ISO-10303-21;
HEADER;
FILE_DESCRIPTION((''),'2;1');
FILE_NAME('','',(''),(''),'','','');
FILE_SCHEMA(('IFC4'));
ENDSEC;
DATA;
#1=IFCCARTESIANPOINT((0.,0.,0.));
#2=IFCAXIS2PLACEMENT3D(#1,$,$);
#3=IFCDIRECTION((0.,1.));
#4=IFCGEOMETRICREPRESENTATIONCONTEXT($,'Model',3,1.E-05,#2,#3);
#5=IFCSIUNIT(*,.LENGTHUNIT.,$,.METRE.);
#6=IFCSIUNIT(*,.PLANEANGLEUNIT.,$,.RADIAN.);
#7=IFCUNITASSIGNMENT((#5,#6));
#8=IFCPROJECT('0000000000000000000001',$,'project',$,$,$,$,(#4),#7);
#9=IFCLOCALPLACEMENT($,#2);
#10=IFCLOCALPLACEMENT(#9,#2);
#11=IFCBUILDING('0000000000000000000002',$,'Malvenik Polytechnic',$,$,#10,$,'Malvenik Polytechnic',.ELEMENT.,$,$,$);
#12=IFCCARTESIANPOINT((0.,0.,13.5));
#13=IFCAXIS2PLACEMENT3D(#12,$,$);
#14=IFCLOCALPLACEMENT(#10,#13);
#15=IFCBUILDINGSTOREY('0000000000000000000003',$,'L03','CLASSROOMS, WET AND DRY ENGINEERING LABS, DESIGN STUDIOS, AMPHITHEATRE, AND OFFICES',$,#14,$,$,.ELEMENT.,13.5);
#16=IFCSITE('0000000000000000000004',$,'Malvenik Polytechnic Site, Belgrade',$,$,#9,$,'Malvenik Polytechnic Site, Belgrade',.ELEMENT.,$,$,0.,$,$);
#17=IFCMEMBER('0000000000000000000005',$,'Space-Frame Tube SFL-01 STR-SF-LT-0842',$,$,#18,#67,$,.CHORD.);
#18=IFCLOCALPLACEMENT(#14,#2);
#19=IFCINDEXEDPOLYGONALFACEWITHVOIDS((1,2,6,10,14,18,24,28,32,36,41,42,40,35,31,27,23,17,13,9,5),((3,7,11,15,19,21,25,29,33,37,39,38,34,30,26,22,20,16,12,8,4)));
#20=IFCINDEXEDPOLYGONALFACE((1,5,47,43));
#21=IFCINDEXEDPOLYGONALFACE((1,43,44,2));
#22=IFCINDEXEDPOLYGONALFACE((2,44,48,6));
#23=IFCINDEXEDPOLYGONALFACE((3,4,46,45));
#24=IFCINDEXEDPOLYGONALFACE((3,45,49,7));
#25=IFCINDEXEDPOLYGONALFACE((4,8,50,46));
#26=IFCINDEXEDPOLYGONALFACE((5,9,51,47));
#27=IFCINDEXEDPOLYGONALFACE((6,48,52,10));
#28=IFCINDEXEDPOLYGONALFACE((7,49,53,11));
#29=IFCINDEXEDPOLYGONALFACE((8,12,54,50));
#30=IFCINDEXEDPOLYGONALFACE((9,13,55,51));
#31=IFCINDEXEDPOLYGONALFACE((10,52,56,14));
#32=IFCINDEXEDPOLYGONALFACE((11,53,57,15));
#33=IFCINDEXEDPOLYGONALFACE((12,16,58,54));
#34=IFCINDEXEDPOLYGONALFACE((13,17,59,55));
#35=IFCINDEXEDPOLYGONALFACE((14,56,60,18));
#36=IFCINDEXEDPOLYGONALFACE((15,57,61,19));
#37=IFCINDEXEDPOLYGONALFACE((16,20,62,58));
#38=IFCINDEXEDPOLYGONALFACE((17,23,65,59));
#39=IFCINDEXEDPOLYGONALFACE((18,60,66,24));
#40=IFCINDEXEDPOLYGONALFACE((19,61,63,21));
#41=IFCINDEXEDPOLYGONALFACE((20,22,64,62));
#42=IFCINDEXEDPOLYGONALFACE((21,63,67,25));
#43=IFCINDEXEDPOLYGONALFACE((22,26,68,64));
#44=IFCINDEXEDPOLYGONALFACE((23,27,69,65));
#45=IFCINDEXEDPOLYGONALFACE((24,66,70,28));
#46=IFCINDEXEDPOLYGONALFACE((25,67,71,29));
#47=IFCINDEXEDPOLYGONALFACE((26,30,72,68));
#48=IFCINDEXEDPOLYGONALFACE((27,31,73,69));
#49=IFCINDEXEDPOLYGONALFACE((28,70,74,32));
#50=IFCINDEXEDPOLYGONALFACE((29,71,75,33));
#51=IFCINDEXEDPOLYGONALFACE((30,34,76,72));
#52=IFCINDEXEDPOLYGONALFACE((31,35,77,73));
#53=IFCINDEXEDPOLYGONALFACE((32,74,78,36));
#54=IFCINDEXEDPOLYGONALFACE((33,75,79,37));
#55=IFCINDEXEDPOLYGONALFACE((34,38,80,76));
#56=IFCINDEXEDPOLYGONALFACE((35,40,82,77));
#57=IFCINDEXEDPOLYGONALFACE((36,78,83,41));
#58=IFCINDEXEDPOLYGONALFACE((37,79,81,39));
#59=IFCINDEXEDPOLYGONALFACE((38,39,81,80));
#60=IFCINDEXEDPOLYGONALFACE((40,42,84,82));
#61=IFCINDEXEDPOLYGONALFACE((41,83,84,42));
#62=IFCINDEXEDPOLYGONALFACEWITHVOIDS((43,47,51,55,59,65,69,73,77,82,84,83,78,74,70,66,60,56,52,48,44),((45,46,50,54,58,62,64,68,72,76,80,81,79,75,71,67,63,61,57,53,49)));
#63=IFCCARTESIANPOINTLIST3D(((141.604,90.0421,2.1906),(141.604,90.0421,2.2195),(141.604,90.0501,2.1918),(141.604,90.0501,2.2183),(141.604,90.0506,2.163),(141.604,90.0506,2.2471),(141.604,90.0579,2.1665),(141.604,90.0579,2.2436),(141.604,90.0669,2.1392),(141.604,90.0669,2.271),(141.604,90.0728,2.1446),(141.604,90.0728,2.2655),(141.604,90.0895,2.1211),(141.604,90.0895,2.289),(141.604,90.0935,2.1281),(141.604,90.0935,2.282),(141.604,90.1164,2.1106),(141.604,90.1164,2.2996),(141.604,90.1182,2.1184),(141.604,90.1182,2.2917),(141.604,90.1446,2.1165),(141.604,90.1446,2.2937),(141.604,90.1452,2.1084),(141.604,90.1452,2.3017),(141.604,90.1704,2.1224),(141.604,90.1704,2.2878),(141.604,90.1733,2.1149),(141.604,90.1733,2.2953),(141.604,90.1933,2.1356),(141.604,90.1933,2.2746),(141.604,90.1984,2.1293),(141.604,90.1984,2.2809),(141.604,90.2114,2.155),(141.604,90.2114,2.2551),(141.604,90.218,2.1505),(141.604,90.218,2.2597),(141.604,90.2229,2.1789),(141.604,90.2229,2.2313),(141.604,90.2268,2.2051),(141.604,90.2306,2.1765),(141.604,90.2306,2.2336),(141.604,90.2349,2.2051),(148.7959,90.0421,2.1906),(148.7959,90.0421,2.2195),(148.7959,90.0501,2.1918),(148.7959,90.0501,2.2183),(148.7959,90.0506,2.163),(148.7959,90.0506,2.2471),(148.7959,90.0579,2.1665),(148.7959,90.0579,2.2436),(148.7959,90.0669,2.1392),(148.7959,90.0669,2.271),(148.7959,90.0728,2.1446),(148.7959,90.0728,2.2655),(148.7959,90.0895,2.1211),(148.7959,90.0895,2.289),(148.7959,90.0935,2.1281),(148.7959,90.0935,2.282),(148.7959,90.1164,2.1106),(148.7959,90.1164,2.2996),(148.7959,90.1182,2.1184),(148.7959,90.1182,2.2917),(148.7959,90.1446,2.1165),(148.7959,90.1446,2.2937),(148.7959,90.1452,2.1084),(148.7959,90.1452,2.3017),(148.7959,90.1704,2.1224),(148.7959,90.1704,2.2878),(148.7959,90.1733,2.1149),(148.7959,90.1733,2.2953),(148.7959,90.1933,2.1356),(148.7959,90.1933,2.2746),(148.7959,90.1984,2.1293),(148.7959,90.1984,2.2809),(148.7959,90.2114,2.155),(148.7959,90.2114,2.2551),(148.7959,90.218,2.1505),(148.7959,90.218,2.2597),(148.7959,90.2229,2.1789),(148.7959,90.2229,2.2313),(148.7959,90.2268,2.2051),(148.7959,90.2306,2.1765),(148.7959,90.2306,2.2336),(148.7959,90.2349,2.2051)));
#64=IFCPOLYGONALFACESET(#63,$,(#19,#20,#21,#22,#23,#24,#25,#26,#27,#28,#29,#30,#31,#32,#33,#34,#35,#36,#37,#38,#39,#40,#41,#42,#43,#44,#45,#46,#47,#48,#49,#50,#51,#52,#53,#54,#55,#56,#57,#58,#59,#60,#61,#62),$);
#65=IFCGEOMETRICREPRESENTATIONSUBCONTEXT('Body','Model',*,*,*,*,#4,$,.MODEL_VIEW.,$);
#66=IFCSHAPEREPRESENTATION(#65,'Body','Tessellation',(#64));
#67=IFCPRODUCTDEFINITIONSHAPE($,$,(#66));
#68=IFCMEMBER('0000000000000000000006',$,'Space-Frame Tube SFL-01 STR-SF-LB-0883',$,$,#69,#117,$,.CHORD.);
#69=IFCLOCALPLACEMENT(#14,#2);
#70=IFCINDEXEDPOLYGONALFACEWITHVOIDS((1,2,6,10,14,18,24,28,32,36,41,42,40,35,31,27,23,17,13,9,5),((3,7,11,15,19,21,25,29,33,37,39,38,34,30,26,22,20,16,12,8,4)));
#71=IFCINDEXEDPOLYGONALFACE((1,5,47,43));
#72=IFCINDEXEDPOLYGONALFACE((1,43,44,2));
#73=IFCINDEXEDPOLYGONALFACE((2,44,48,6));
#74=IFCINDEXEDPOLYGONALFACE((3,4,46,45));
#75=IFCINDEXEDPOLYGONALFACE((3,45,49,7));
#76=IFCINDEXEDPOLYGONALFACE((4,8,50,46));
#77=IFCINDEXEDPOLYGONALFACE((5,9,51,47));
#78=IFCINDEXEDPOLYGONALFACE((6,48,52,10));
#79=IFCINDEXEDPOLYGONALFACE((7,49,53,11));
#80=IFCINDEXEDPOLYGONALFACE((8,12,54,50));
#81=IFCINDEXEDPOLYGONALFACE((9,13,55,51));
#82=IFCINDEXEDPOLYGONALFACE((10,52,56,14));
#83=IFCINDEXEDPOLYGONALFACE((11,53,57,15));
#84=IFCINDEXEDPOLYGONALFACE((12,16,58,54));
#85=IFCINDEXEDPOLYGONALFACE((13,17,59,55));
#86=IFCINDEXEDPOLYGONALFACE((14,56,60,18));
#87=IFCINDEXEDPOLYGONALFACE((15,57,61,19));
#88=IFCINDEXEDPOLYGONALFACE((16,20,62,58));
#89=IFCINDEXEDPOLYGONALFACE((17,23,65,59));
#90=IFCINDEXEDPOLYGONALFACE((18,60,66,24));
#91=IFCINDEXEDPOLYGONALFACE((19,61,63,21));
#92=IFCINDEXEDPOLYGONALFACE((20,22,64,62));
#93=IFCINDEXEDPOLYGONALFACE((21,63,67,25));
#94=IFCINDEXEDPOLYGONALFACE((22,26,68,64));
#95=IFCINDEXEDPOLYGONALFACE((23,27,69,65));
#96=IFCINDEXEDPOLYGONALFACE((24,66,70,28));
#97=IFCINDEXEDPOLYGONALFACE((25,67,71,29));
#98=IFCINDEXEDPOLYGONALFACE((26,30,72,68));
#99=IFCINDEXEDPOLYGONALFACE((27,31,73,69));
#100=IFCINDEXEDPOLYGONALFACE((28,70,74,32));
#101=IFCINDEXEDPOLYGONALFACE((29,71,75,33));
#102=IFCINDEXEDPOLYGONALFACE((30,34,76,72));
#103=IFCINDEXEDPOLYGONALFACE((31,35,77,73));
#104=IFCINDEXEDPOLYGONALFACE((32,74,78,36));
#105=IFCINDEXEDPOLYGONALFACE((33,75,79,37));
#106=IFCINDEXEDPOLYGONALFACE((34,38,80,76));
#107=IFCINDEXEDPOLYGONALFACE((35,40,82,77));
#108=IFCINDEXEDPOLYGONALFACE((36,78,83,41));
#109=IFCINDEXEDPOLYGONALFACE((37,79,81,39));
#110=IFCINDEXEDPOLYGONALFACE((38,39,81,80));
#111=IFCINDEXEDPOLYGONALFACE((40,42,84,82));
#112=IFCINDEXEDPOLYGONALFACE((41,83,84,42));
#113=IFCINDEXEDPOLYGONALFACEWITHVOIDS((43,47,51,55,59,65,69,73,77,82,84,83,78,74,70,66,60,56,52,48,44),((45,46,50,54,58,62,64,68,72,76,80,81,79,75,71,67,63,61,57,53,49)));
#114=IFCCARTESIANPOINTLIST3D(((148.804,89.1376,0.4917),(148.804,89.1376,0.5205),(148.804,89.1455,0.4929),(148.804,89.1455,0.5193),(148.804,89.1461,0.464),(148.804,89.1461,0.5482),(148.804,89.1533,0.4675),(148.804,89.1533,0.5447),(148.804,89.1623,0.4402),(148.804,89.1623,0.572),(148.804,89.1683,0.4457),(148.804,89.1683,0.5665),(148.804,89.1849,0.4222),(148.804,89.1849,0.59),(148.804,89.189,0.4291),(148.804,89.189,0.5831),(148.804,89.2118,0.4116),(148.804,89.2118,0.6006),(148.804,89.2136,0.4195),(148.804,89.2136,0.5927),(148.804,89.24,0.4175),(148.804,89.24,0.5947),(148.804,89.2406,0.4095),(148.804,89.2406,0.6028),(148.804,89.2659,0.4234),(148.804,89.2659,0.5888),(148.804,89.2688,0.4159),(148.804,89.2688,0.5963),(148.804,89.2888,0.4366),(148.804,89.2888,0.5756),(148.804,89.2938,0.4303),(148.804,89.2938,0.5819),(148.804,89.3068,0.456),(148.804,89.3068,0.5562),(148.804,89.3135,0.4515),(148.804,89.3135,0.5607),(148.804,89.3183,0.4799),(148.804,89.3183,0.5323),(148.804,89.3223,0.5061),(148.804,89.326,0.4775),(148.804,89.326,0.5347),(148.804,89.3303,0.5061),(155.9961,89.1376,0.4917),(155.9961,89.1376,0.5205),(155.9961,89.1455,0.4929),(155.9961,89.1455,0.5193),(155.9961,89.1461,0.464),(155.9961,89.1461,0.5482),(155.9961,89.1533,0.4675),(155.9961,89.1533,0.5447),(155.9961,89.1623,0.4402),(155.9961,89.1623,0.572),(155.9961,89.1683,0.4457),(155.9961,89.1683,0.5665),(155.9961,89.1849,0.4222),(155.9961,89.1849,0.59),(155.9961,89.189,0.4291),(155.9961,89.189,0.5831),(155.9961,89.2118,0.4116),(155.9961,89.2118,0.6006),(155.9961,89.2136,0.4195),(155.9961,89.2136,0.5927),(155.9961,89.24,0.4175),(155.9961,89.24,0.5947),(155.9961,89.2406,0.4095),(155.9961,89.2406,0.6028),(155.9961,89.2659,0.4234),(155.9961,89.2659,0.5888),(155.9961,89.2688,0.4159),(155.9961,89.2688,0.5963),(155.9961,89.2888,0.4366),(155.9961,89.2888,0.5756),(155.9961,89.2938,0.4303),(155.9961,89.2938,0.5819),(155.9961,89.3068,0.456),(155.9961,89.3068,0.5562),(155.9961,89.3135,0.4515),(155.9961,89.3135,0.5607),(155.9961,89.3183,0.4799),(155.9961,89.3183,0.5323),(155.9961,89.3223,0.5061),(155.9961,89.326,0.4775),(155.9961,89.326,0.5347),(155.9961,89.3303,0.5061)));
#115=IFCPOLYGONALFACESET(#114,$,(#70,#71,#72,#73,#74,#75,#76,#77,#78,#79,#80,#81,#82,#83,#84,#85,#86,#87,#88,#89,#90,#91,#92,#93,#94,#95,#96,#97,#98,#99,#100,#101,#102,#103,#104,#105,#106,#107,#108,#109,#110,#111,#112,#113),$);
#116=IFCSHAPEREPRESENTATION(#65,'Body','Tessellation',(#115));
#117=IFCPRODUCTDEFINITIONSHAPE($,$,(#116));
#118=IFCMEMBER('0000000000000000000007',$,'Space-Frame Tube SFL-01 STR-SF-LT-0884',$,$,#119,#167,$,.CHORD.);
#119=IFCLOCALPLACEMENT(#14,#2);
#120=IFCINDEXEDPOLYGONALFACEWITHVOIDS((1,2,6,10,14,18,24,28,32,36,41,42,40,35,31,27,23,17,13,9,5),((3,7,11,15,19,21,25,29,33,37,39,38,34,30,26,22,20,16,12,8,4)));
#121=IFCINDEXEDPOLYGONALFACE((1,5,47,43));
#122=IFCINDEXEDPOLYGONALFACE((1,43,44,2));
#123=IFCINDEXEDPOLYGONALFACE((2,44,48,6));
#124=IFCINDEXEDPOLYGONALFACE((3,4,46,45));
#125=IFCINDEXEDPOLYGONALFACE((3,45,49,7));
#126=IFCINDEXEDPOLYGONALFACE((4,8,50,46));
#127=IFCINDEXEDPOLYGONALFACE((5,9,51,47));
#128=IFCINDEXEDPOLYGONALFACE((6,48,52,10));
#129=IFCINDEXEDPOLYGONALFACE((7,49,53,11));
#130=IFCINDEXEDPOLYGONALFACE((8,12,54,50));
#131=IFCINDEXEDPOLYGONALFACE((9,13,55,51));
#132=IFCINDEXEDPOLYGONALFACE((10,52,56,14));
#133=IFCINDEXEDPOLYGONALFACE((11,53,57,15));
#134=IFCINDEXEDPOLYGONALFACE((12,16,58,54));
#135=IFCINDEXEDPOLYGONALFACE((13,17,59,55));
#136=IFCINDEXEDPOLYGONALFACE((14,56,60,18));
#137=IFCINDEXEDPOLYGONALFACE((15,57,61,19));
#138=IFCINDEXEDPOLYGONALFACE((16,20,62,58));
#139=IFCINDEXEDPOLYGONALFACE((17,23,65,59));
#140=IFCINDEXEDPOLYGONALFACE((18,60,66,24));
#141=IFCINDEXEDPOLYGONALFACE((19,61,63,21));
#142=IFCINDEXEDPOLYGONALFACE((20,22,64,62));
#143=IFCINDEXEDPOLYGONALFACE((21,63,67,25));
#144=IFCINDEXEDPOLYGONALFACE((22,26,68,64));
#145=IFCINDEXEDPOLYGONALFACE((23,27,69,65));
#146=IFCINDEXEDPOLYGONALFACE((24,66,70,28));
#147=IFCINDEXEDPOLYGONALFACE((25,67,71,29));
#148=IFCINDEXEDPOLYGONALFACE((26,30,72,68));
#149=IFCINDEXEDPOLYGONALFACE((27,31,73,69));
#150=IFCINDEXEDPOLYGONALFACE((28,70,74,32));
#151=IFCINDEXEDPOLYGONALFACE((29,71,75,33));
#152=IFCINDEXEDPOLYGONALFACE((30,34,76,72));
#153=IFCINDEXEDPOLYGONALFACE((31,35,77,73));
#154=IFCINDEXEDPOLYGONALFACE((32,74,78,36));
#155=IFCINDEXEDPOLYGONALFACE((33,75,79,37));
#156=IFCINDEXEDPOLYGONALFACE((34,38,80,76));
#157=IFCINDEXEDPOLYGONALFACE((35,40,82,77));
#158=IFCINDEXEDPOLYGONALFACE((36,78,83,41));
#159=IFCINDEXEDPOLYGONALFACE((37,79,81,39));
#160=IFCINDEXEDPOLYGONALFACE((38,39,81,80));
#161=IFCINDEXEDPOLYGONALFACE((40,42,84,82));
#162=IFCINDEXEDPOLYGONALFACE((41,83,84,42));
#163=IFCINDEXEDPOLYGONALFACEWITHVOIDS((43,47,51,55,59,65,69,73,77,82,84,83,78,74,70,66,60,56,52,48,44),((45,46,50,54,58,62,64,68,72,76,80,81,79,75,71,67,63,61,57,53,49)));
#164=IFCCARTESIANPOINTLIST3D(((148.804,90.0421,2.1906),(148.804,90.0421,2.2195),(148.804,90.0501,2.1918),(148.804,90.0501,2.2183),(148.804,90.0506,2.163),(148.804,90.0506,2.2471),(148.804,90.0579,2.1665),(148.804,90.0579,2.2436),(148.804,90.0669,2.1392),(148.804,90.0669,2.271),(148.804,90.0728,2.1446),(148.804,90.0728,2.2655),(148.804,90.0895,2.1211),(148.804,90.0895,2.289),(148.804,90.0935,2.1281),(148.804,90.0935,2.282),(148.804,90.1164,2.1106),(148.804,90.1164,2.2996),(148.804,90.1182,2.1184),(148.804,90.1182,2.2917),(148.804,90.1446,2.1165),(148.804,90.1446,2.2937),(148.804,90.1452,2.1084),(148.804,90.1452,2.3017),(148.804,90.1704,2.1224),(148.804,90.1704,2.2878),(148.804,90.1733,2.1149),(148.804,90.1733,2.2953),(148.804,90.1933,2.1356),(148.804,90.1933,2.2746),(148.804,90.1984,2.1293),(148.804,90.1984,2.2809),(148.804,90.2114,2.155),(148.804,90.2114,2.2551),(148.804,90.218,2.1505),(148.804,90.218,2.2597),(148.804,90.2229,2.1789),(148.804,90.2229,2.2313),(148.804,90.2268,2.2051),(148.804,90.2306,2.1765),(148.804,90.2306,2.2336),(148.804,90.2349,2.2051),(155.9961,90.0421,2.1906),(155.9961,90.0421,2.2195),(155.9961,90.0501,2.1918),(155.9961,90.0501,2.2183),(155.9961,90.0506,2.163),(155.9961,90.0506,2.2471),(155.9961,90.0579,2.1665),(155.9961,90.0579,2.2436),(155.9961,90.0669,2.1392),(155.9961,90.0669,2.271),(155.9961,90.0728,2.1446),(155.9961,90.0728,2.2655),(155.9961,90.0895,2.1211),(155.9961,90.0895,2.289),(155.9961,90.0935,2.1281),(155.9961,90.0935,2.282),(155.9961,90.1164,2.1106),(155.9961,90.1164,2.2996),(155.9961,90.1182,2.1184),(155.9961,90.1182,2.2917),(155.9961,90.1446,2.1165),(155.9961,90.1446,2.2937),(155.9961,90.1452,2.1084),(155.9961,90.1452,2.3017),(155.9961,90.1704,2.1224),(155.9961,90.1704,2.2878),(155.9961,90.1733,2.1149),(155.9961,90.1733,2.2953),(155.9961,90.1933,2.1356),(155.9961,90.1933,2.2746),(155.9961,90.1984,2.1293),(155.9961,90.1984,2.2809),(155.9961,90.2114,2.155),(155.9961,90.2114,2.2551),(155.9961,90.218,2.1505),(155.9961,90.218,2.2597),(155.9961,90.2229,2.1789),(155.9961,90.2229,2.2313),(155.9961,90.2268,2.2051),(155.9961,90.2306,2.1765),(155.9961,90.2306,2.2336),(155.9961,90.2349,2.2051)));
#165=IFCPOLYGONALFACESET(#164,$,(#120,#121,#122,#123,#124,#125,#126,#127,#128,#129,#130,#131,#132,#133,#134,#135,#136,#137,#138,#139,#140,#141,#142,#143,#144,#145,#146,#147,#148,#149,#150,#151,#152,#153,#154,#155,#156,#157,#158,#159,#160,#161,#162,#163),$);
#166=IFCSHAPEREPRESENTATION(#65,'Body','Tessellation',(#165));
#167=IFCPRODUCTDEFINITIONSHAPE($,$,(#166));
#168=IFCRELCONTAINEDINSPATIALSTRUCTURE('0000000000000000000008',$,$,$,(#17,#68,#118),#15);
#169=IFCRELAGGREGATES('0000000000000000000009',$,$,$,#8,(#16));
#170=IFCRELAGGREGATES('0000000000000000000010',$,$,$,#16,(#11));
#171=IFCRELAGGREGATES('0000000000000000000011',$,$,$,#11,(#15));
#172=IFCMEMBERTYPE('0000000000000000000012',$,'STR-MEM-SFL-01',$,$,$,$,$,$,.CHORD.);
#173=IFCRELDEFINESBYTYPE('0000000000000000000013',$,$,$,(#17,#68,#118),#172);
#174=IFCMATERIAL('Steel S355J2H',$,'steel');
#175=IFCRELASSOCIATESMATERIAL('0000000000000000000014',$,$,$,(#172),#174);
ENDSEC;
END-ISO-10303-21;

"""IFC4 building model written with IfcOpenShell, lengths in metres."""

from ifc_helpers import new_model, si_unit, direction, frame, origin, origin_2d, place, context, subcontext, project, spatial, hollow_circle, extrude, material, material_profile, profile_set, type_object, element, save


model = new_model("IFC4")

# Units and contexts
model_context = context("Model", 3, precision=1e-05, world=origin(), true_north=direction((0.0, 1.0)))
body_context = subcontext(model_context, "Body", "Model", "MODEL_VIEW")
ifc_project = project(units=[si_unit("LENGTHUNIT", "METRE"), si_unit("PLANEANGLEUNIT", "RADIAN")], contexts=[model_context])

# Site, building, storey
site_placement = place(None, origin())
site = spatial("IfcSite", under=ifc_project, at=site_placement, Name="Malvenik Polytechnic Site, Belgrade", LongName="Malvenik Polytechnic Site, Belgrade", CompositionType="ELEMENT", RefElevation=0.0)
building_placement = place(site_placement, origin())
building = spatial("IfcBuilding", under=site, at=building_placement, Name="Malvenik Polytechnic", LongName="Malvenik Polytechnic", CompositionType="ELEMENT")
storey_placement = place(building_placement, frame((0.0, 0.0, 13.5)))
storey = spatial("IfcBuildingStorey", under=building, at=storey_placement, Name="L03", Description="CLASSROOMS, WET AND DRY ENGINEERING LABS, DESIGN STUDIOS, AMPHITHEATRE, AND OFFICES", CompositionType="ELEMENT", Elevation=13.5)

# Members
ifc_material_1 = material(Name="Steel S355J2H", Category="steel")
ifc_material_profile_1 = material_profile(ifc_material_1, hollow_circle(Radius=0.0969, WallThickness=0.0081, at=origin_2d()), Name="CHS 193.7x8.0")
ifc_profile_set_1 = profile_set([ifc_material_profile_1], Name="Steel S355J2H")
member_type_1 = type_object("IfcMemberType", Name="STR-MEM-SFL-01", PredefinedType="CHORD", material=ifc_profile_set_1)
for number, where, z_axis, x_axis, name in (
    (1, (141.604, 90.1379, 2.2051), (1.0, 0.0, 0.0), (0.0, 1.0, 0.0), "Space-Frame Tube SFL-01 STR-SF-LT-0842"),
):
    element("IfcMember", number, at=place(storey_placement, frame(where, z_axis=z_axis, x_axis=x_axis)), inside=storey, type_object=member_type_1, Name=name, PredefinedType="CHORD", context=body_context, shape_type="SweptSolid", body=[
        extrude(hollow_circle(Radius=0.0969, WallThickness=0.0081, at=origin_2d()), origin(), (0.0, 0.0, 1.0), 7.1919),
    ])
for number, where, z_axis, x_axis, name in (
    (2, (148.804, 89.2334, 0.5061), (1.0, 0.0, 0.0), (0.0, 1.0, 0.0), "Space-Frame Tube SFL-01 STR-SF-LB-0883"),
    (3, (148.804, 90.1379, 2.2051), (1.0, 0.0, 0.0), (0.0, 1.0, 0.0), "Space-Frame Tube SFL-01 STR-SF-LT-0884"),
):
    element("IfcMember", number, at=place(storey_placement, frame(where, z_axis=z_axis, x_axis=x_axis)), inside=storey, type_object=member_type_1, Name=name, PredefinedType="CHORD", context=body_context, shape_type="SweptSolid", body=[
        extrude(hollow_circle(Radius=0.0969, WallThickness=0.0081, at=origin_2d()), origin(), (0.0, 0.0, 1.0), 7.1921),
    ])

save(model, "model.ifc")
